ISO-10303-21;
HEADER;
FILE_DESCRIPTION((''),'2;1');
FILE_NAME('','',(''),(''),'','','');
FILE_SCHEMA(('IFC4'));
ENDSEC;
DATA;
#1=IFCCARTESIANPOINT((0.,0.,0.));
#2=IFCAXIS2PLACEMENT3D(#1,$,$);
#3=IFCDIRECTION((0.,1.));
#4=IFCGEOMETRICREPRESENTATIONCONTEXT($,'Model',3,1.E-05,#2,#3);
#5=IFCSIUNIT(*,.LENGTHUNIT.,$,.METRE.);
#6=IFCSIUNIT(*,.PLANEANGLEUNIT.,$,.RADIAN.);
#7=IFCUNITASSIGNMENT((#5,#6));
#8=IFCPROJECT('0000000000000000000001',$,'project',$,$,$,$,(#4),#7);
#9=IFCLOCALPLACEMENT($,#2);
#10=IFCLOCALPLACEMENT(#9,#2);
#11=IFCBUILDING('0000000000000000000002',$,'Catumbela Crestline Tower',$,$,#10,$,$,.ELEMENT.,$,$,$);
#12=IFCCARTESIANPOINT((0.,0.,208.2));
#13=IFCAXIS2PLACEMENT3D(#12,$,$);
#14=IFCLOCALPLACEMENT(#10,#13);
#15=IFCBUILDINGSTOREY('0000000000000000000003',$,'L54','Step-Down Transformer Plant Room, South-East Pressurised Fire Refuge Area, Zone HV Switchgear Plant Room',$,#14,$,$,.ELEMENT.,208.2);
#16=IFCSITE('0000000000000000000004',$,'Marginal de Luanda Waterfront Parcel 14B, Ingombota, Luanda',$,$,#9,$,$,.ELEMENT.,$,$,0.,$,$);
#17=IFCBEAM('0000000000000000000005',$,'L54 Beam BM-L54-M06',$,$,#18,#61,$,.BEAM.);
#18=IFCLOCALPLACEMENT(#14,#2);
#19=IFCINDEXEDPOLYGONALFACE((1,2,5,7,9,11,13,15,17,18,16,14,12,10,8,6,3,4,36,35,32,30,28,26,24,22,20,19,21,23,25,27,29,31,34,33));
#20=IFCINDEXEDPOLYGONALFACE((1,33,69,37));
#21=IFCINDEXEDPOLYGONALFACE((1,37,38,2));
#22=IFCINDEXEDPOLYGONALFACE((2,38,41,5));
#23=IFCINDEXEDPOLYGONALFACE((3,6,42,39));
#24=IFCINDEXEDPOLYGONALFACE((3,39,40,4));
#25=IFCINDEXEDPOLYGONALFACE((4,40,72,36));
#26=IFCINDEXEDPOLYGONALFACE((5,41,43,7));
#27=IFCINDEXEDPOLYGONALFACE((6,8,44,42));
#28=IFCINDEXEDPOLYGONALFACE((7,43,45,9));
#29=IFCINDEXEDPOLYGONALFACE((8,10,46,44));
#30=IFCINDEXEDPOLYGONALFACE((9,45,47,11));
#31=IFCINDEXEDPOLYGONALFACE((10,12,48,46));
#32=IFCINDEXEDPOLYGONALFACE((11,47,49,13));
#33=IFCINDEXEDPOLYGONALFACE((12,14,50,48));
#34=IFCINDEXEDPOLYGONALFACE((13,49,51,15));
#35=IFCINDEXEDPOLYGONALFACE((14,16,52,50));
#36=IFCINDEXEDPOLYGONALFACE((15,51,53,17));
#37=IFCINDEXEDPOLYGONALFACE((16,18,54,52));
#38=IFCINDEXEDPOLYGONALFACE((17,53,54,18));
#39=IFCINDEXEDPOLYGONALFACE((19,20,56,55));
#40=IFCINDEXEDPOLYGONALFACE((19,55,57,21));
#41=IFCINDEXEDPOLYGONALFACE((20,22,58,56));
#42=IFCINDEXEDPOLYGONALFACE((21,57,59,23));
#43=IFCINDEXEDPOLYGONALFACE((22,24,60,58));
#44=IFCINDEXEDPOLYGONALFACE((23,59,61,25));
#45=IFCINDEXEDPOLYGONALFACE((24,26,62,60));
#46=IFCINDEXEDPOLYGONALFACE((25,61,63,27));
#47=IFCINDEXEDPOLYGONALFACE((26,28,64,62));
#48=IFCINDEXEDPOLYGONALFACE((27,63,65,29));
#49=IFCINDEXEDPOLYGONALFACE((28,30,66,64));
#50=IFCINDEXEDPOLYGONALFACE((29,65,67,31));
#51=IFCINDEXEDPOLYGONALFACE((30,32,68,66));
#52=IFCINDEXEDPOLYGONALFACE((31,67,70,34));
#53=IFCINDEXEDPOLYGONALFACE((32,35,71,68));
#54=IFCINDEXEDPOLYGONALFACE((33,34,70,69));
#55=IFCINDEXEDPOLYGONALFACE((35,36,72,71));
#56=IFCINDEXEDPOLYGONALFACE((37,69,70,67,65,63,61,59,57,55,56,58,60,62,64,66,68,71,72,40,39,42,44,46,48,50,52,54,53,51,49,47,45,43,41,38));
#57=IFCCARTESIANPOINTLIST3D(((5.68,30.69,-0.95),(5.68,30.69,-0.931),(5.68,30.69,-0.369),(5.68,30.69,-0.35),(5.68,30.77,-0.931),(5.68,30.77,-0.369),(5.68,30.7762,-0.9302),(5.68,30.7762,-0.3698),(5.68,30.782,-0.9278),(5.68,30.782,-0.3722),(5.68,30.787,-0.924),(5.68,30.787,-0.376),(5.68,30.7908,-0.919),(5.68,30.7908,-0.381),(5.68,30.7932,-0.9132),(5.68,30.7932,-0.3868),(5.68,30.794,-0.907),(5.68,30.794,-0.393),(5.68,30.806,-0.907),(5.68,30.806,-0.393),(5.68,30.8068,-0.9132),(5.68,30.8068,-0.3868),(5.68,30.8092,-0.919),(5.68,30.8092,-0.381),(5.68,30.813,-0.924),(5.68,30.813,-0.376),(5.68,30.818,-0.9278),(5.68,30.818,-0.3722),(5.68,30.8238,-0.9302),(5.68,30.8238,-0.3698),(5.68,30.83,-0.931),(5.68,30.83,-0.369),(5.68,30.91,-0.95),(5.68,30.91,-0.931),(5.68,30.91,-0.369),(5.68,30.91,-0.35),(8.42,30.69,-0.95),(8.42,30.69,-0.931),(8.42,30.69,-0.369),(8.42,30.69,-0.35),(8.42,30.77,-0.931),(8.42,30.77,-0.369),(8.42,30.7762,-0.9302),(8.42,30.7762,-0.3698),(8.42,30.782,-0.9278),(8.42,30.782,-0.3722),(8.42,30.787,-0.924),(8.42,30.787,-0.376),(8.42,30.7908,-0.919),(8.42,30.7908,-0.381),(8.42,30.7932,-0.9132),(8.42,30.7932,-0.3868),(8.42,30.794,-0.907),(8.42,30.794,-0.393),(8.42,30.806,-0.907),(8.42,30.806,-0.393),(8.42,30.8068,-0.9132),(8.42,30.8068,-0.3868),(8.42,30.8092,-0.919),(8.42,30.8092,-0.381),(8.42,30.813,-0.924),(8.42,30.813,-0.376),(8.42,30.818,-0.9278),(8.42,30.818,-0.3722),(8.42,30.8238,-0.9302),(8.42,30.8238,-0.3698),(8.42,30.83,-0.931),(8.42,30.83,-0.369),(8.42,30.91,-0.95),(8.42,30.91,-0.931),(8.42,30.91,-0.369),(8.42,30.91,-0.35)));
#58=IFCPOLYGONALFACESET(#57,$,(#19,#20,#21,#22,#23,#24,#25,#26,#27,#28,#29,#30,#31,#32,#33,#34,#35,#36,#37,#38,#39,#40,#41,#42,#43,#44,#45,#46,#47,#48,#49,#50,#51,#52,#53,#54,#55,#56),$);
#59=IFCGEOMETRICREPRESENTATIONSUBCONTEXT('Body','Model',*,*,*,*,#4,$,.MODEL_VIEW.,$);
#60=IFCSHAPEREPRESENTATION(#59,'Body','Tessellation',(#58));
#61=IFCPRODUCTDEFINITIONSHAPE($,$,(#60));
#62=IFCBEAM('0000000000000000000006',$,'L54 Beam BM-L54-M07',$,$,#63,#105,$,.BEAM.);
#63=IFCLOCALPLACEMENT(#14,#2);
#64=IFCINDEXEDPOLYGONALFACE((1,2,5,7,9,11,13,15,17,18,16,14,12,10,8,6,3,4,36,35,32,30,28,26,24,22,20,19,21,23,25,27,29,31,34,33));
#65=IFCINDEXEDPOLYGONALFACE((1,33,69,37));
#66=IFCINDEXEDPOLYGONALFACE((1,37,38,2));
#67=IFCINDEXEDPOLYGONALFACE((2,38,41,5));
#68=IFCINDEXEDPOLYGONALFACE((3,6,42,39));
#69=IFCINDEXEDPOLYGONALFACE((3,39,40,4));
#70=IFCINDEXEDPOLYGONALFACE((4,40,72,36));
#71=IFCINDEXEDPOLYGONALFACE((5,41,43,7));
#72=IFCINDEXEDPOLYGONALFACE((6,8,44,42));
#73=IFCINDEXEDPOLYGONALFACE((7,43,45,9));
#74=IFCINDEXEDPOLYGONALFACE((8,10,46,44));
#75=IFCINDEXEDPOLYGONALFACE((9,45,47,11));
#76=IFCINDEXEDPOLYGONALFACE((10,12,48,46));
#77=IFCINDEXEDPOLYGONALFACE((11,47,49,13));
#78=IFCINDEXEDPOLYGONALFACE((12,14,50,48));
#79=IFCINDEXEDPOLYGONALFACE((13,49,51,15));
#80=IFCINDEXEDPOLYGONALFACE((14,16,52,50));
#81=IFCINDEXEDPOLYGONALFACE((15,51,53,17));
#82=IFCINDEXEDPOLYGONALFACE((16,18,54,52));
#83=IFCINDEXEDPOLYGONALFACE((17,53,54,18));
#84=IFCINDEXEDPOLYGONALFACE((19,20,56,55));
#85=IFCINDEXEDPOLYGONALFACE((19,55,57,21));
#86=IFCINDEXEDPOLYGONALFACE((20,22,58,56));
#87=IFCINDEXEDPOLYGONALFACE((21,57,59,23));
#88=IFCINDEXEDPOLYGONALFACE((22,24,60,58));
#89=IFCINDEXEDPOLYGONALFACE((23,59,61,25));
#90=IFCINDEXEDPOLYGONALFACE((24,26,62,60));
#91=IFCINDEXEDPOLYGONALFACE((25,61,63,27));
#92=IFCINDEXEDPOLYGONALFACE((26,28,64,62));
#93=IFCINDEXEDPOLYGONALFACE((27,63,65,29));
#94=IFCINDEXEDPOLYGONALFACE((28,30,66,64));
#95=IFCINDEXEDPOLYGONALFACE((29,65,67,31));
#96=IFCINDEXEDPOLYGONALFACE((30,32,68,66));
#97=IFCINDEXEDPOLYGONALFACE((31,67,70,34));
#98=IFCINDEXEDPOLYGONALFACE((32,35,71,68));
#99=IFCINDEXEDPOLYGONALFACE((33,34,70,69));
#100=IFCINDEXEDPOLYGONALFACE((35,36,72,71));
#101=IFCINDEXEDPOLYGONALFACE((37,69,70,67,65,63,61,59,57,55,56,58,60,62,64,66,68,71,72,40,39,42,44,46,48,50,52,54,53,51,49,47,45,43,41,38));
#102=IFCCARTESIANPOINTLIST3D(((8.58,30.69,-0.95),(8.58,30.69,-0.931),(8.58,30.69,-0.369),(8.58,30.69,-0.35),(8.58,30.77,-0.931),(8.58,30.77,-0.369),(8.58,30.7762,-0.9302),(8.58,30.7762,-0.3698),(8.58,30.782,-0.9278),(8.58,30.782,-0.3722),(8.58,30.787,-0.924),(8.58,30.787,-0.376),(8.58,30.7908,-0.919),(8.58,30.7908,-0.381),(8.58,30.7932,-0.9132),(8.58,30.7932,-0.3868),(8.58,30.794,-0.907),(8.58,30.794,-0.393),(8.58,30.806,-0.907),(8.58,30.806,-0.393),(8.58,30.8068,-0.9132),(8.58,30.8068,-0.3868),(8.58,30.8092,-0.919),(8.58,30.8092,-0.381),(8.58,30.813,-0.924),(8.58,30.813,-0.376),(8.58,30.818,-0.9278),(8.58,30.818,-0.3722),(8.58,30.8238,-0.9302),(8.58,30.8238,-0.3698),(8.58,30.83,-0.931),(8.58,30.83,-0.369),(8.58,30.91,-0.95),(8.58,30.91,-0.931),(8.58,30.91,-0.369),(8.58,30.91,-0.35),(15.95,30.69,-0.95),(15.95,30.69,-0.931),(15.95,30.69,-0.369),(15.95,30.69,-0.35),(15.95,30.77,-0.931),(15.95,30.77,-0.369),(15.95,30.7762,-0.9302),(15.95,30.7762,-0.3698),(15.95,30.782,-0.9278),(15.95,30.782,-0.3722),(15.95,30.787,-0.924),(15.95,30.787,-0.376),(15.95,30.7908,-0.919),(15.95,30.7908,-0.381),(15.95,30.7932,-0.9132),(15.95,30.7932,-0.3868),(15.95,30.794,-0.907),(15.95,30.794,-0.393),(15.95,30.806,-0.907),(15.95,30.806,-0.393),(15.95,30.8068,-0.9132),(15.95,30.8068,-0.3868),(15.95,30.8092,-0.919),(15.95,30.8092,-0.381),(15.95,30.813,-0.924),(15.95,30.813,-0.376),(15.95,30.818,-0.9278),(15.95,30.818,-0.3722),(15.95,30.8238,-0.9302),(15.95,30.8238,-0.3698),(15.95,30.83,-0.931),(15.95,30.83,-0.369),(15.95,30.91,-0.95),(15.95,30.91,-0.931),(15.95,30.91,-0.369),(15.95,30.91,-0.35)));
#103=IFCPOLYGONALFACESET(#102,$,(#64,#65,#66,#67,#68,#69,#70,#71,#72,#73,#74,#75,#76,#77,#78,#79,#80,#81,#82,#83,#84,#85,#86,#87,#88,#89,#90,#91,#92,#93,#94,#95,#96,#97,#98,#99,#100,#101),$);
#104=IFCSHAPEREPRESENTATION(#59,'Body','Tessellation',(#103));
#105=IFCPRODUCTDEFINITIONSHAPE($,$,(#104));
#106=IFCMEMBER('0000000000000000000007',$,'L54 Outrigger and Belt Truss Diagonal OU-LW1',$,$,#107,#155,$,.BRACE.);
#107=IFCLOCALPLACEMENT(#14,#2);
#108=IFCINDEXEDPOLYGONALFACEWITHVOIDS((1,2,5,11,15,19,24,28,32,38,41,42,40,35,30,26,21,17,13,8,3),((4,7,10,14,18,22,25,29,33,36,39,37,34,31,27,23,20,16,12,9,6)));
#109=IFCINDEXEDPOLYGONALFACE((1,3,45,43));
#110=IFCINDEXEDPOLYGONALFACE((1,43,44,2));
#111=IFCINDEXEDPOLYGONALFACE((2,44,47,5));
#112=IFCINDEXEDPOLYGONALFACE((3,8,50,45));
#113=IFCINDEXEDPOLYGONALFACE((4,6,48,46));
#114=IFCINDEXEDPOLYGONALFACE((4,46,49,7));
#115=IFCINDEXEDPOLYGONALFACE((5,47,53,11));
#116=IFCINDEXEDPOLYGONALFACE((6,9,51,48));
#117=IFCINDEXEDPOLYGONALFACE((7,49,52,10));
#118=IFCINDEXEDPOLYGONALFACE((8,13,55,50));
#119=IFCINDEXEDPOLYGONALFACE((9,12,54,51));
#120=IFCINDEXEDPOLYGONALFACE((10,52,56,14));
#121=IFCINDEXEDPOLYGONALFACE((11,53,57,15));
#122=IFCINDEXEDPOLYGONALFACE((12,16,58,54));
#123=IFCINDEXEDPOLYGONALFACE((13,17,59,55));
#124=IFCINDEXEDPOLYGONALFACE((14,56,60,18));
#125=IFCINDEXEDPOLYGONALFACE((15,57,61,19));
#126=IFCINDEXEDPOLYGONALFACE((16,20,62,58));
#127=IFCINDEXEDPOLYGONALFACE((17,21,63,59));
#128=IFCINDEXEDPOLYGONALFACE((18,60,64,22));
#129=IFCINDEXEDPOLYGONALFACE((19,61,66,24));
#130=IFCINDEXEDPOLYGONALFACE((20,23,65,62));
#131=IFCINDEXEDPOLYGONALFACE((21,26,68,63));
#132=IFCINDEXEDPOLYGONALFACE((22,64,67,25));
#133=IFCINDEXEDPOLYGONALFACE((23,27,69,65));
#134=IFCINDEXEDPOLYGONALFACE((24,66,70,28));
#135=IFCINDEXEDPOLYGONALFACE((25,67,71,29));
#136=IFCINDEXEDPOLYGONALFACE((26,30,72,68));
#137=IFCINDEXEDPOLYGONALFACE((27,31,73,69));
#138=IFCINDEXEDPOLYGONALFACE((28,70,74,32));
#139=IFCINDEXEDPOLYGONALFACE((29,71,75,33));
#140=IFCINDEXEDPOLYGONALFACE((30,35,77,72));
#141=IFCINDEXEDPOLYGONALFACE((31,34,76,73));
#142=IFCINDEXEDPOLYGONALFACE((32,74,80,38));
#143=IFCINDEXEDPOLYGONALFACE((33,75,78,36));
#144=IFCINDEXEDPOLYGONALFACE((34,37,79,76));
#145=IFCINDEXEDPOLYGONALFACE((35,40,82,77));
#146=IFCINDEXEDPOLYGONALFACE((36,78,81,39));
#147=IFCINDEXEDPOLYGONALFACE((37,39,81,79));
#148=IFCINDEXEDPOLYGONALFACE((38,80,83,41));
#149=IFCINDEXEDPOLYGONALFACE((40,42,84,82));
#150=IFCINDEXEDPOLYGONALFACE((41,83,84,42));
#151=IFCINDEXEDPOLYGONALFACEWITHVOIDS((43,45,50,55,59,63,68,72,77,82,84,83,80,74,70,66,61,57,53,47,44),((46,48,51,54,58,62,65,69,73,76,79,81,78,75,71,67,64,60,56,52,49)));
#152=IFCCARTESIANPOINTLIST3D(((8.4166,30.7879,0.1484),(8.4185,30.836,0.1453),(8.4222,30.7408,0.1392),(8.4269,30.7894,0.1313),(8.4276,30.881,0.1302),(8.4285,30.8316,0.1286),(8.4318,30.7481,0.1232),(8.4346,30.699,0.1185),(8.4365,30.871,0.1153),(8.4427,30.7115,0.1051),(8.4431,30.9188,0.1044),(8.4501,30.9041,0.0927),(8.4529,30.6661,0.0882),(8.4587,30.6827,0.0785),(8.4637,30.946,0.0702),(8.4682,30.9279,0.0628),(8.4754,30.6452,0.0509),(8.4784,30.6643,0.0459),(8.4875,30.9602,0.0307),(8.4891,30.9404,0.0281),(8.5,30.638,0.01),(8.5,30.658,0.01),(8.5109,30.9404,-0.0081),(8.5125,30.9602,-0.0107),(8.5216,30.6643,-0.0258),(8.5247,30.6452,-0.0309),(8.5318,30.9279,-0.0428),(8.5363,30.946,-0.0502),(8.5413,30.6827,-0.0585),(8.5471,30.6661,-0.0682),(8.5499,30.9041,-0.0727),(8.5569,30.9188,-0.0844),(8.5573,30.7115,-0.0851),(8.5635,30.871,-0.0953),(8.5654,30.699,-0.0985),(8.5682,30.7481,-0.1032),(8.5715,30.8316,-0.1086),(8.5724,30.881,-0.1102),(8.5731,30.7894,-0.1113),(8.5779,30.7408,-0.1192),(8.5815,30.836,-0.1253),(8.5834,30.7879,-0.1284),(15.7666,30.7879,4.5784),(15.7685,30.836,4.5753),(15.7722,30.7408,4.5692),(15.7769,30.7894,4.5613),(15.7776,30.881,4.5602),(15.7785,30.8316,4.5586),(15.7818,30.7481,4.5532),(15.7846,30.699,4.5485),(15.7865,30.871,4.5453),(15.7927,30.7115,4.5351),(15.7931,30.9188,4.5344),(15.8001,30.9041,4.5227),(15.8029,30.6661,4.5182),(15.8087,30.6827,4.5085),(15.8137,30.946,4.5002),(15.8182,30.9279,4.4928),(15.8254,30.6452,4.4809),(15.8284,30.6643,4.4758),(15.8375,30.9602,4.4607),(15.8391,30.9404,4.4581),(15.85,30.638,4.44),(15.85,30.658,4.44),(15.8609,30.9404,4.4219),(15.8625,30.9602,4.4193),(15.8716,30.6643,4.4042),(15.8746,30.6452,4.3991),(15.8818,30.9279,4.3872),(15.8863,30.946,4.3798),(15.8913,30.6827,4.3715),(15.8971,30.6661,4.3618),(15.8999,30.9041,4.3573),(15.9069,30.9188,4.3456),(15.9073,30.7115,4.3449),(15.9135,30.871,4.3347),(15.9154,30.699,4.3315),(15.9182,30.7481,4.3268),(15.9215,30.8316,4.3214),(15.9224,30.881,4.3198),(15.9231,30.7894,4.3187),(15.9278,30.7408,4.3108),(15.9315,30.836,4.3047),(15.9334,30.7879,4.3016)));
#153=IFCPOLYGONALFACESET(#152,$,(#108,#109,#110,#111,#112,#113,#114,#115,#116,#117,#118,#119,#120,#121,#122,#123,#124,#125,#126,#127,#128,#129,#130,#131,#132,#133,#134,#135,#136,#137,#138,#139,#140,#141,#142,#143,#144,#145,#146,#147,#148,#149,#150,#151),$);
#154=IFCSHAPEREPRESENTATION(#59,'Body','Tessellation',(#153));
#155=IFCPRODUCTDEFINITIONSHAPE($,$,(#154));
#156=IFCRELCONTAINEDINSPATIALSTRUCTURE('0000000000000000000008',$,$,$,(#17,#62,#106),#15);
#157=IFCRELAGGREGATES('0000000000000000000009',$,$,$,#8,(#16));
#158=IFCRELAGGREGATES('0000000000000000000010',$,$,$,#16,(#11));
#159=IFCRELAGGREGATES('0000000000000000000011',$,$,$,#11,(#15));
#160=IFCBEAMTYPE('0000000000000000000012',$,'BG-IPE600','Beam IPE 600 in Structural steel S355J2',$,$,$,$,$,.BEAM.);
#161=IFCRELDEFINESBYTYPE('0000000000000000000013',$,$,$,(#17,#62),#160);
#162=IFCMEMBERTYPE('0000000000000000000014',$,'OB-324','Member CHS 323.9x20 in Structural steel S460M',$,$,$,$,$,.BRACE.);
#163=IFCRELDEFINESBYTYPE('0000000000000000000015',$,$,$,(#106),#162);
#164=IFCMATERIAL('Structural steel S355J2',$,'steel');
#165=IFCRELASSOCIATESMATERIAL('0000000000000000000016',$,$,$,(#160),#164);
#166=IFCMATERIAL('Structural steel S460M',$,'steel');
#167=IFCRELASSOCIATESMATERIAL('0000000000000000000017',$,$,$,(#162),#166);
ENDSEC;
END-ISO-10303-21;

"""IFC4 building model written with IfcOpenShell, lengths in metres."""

from ifc_helpers import new_model, si_unit, direction, frame, origin, origin_2d, place, context, subcontext, project, spatial, hollow_circle, i_section, extrude, material, material_profile, profile_set, type_object, element, save


model = new_model("IFC4")

# Units and contexts
model_context = context("Model", 3, precision=1e-05, world=origin(), true_north=direction((0.0, 1.0)))
body_context = subcontext(model_context, "Body", "Model", "MODEL_VIEW")
ifc_project = project(units=[si_unit("LENGTHUNIT", "METRE"), si_unit("PLANEANGLEUNIT", "RADIAN")], contexts=[model_context])

# Site, building, storey
site_placement = place(None, origin())
site = spatial("IfcSite", under=ifc_project, at=site_placement, Name="Marginal de Luanda Waterfront Parcel 14B, Ingombota, Luanda", CompositionType="ELEMENT", RefElevation=0.0)
building_placement = place(site_placement, origin())
building = spatial("IfcBuilding", under=site, at=building_placement, Name="Catumbela Crestline Tower", CompositionType="ELEMENT")
storey_placement = place(building_placement, frame((0.0, 0.0, 208.2)))
storey = spatial("IfcBuildingStorey", under=building, at=storey_placement, Name="L54", Description="Step-Down Transformer Plant Room, South-East Pressurised Fire Refuge Area, Zone HV Switchgear Plant Room", CompositionType="ELEMENT", Elevation=208.2)

# Shared definitions
ifc_material_1 = material(Name="Structural steel S355J2", Category="steel")

# Beams
ifc_material_profile_1 = material_profile(ifc_material_1, i_section(OverallWidth=0.22, OverallDepth=0.6, WebThickness=0.012, FlangeThickness=0.019, FilletRadius=0.024, at=origin_2d()), Name="IPE 600")
ifc_profile_set_1 = profile_set([ifc_material_profile_1], Name="Structural steel S355J2")
beam_type_1 = type_object("IfcBeamType", Name="BG-IPE600", Description="Beam IPE 600 in Structural steel S355J2", PredefinedType="BEAM", material=ifc_profile_set_1)
beam_1_placement = place(storey_placement, frame((5.68, 30.8, -0.65), z_axis=(1.0, 0.0, 0.0), x_axis=(0.0, 1.0, 0.0)))
element("IfcBeam", 1, at=beam_1_placement, inside=storey, type_object=beam_type_1, Name="L54 Beam BM-L54-M06", PredefinedType="BEAM", context=body_context, shape_type="SweptSolid", body=[
    extrude(i_section(OverallWidth=0.22, OverallDepth=0.6, WebThickness=0.012, FlangeThickness=0.019, FilletRadius=0.024, at=origin_2d()), origin(), (0.0, 0.0, 1.0), 2.74),
])
beam_2_placement = place(storey_placement, frame((8.58, 30.8, -0.65), z_axis=(1.0, 0.0, 0.0), x_axis=(0.0, 1.0, 0.0)))
element("IfcBeam", 2, at=beam_2_placement, inside=storey, type_object=beam_type_1, Name="L54 Beam BM-L54-M07", PredefinedType="BEAM", context=body_context, shape_type="SweptSolid", body=[
    extrude(i_section(OverallWidth=0.22, OverallDepth=0.6, WebThickness=0.012, FlangeThickness=0.019, FilletRadius=0.024, at=origin_2d()), origin(), (0.0, 0.0, 1.0), 7.37),
])

# Member
ifc_material_2 = material(Name="Structural steel S460M", Category="steel")
ifc_material_profile_2 = material_profile(ifc_material_2, hollow_circle(Radius=0.162, WallThickness=0.02, at=origin_2d()), Name="CHS 323.9x20")
ifc_profile_set_2 = profile_set([ifc_material_profile_2], Name="Structural steel S460M")
member_type = type_object("IfcMemberType", Name="OB-324", Description="Member CHS 323.9x20 in Structural steel S460M", PredefinedType="BRACE", material=ifc_profile_set_2)
member_1_placement = place(storey_placement, frame((15.85, 30.8, 4.44), z_axis=(-0.856463, 0.0, -0.516208), x_axis=(0.0, -1.0, 0.0)))
element("IfcMember", 3, at=member_1_placement, inside=storey, type_object=member_type, Name="L54 Outrigger and Belt Truss Diagonal OU-LW1", PredefinedType="BRACE", context=body_context, shape_type="SweptSolid", body=[
    extrude(hollow_circle(Radius=0.162, WallThickness=0.02, at=origin_2d()), origin(), (0.0, 0.0, 1.0), 8.5818),
])

save(model, "model.ifc")
